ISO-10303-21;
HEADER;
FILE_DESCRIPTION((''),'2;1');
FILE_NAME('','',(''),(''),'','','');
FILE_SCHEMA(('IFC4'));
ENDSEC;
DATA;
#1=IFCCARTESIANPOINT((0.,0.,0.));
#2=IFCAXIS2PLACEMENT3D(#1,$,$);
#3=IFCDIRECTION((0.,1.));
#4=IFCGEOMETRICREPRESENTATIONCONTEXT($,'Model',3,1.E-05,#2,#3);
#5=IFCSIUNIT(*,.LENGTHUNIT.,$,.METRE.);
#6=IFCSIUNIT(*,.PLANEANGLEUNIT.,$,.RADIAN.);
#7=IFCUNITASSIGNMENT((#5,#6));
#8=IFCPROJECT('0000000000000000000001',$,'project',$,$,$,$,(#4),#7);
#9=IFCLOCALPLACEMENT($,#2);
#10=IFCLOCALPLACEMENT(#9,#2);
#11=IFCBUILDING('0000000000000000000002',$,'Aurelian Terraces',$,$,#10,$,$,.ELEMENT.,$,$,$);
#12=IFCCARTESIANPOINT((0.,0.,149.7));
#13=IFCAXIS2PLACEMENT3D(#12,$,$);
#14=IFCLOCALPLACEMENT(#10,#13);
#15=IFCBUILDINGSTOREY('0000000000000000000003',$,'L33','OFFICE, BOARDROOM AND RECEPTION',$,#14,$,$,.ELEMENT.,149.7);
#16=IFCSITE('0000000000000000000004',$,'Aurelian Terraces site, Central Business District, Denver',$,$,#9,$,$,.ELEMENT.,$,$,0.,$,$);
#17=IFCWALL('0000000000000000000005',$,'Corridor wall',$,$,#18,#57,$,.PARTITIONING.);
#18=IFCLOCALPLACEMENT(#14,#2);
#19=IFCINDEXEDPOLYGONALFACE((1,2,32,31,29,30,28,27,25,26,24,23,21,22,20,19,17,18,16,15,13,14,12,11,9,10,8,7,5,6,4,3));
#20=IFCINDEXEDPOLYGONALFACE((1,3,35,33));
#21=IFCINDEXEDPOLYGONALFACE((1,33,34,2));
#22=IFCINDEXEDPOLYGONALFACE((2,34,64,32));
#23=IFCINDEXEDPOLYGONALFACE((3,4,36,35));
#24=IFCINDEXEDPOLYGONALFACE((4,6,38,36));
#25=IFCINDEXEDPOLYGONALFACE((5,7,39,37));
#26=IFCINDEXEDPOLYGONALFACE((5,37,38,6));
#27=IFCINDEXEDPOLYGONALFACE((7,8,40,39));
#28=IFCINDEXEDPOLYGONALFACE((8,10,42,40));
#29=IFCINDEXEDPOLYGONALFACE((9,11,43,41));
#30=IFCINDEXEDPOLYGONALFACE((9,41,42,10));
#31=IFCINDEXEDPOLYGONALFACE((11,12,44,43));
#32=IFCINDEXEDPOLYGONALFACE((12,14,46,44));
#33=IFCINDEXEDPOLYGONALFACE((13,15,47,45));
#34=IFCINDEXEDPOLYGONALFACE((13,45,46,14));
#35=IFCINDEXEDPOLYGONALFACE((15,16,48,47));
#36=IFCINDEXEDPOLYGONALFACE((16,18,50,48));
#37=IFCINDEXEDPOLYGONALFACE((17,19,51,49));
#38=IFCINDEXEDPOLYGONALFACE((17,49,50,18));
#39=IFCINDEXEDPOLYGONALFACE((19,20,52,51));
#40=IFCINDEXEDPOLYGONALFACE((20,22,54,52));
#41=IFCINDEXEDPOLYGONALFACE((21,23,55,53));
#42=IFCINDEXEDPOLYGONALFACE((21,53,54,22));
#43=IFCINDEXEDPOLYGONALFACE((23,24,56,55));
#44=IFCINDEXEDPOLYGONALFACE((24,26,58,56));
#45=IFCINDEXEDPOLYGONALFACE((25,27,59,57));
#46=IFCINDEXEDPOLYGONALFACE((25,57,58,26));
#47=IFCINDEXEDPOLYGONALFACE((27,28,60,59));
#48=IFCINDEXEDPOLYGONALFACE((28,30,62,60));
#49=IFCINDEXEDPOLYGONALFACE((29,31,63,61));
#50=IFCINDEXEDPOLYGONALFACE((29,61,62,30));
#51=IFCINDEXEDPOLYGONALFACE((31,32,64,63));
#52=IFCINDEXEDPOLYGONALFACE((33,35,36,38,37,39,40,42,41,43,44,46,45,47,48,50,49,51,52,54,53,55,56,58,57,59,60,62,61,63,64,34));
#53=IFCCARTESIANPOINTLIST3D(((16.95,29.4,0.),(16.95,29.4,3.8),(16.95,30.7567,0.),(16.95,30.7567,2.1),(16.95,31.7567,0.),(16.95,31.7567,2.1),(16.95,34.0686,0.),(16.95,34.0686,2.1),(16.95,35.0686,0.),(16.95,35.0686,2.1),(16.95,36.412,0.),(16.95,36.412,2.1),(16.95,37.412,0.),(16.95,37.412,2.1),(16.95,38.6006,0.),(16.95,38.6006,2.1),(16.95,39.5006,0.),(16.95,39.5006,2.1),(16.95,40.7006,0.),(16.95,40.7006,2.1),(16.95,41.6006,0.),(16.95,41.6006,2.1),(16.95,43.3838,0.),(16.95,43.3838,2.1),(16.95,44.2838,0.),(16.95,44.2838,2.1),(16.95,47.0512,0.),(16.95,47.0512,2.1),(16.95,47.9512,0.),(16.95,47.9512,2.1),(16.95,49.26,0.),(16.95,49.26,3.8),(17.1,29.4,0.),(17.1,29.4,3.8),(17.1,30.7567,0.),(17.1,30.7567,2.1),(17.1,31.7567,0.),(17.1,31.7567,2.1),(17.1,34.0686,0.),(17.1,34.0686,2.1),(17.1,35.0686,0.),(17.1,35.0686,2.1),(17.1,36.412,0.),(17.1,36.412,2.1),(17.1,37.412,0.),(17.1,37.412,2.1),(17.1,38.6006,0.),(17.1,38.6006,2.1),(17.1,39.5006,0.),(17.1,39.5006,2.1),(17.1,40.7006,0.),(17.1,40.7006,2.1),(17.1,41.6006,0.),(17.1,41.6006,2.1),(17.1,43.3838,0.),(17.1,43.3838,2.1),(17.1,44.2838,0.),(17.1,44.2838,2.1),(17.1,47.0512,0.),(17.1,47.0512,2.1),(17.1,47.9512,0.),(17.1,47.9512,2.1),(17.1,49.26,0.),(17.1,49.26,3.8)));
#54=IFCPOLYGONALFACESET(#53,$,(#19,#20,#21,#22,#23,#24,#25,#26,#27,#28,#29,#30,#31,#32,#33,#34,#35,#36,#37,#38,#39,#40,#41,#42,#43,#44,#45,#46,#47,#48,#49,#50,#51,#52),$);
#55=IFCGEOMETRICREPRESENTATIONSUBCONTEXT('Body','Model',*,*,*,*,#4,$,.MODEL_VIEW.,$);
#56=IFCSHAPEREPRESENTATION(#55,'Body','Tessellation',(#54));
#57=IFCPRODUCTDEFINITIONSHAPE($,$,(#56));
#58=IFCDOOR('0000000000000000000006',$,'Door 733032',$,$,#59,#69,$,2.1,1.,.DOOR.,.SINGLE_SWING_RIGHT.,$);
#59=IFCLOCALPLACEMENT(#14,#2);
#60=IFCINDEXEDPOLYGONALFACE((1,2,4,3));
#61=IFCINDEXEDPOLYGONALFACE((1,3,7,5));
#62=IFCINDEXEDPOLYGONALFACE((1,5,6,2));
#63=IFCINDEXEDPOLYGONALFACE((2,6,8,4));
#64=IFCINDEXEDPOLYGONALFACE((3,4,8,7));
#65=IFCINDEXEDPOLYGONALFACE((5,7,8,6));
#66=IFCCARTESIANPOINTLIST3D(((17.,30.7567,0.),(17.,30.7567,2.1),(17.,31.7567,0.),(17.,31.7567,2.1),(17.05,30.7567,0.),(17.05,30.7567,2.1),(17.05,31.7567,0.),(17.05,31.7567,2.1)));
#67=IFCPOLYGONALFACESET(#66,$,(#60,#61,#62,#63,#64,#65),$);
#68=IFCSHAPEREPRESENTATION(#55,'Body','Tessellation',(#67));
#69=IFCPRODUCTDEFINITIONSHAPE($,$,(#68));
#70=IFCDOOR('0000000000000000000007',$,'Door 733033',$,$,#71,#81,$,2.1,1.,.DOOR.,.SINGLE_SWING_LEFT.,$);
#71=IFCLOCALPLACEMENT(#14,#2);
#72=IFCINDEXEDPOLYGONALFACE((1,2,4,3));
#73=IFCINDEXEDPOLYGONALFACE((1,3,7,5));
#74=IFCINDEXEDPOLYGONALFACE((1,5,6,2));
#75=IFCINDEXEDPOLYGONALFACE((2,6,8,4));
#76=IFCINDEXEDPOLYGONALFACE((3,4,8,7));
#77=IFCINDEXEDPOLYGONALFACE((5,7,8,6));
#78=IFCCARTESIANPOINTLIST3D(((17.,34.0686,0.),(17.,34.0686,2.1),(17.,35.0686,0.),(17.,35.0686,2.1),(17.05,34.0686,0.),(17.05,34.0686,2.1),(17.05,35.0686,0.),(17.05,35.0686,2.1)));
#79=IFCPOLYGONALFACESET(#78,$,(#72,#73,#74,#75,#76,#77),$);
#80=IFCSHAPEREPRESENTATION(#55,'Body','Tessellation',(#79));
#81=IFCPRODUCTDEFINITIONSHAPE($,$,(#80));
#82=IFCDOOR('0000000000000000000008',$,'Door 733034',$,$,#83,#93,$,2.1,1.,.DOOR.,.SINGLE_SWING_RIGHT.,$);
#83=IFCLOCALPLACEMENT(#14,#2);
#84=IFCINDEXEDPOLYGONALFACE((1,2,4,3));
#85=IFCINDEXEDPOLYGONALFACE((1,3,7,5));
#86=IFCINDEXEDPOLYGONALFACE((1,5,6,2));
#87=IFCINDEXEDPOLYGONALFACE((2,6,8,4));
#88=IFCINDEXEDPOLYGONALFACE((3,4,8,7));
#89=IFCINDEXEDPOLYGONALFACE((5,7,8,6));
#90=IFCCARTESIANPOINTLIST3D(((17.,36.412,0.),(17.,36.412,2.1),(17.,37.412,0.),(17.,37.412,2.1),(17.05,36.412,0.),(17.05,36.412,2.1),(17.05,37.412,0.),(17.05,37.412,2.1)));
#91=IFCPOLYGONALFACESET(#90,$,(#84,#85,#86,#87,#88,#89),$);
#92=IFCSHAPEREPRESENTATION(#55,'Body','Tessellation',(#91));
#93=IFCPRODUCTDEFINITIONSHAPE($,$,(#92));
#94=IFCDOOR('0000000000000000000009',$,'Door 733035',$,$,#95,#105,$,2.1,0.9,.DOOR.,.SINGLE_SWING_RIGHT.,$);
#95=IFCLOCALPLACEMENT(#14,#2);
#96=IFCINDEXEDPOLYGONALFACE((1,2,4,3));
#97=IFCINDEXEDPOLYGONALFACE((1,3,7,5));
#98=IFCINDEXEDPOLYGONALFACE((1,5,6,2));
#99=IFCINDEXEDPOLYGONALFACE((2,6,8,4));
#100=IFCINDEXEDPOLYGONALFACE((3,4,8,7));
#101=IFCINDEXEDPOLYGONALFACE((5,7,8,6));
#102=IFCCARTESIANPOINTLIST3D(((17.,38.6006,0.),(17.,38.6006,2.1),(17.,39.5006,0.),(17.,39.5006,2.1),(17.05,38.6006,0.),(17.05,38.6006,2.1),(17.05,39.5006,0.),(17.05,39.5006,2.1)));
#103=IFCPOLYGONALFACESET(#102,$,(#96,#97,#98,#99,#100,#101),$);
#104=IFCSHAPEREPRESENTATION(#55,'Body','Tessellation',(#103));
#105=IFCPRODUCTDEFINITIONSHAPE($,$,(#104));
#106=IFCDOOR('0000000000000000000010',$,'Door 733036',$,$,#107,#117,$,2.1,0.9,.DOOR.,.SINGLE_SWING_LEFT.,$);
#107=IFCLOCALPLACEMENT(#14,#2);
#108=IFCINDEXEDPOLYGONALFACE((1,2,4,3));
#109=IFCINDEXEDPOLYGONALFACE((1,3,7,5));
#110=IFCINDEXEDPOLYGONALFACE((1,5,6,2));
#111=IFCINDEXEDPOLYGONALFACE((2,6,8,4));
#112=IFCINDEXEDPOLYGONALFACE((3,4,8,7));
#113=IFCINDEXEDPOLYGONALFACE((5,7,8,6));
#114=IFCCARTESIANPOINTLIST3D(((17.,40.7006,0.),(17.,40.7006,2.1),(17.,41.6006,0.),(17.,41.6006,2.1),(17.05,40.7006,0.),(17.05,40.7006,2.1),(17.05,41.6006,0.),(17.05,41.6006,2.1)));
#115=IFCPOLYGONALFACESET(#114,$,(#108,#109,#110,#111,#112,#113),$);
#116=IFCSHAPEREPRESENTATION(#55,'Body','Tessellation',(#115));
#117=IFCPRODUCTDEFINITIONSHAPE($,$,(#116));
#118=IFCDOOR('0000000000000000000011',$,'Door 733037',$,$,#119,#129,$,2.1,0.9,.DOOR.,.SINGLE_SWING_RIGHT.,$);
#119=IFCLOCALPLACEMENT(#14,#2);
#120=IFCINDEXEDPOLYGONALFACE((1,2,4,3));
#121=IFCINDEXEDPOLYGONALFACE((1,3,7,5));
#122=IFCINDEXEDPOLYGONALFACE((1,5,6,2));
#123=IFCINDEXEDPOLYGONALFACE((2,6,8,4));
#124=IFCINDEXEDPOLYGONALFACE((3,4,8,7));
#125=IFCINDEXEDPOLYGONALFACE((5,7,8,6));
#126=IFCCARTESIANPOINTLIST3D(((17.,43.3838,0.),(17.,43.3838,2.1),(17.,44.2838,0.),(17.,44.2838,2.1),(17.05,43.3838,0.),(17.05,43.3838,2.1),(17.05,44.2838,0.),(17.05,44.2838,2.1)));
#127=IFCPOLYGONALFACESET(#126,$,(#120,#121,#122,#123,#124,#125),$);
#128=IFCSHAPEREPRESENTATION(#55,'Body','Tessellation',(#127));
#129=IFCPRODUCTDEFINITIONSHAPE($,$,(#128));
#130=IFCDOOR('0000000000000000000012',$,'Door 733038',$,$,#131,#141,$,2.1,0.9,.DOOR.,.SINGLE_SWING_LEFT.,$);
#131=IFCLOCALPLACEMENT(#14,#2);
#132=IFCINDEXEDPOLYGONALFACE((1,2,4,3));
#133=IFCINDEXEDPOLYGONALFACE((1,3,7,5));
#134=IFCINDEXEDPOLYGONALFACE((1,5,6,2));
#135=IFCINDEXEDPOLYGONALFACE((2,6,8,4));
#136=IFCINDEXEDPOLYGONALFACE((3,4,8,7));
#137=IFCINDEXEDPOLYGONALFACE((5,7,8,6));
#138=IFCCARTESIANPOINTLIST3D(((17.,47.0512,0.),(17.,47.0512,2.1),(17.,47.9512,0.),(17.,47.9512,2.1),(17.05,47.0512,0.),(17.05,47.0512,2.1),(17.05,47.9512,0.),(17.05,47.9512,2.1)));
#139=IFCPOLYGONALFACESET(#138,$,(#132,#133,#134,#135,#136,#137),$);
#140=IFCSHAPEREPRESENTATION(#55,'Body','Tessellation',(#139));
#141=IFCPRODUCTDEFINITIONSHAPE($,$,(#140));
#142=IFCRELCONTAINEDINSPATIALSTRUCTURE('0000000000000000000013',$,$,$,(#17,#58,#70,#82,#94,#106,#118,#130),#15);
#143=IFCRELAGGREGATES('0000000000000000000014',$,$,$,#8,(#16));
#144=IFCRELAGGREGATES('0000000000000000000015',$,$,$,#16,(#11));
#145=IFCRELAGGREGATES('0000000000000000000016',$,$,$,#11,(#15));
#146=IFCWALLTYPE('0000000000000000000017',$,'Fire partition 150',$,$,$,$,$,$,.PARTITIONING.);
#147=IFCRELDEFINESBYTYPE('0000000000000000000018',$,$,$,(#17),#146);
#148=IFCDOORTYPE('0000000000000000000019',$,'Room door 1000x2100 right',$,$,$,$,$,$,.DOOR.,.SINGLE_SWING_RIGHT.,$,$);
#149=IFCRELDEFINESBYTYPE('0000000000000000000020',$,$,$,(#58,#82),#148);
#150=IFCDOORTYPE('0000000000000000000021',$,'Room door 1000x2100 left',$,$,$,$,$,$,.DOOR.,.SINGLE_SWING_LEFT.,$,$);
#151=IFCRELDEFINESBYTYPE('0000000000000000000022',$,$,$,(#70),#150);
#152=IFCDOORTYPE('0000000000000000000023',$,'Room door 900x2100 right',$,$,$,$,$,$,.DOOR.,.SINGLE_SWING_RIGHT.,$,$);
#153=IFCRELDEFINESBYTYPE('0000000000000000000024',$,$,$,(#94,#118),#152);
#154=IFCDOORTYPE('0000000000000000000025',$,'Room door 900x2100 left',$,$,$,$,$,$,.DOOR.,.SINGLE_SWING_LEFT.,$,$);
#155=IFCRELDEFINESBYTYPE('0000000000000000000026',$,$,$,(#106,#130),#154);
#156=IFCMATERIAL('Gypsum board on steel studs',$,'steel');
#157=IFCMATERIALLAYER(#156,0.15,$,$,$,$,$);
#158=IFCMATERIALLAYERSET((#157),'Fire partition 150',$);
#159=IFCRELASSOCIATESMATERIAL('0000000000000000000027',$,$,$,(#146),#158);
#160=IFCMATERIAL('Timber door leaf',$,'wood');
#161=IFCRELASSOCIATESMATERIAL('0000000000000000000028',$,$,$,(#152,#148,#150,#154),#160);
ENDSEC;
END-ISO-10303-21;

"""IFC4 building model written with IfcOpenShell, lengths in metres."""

from ifc_helpers import new_model, si_unit, direction, frame, frame_2d, origin, place, context, subcontext, project, spatial, rectangle, extrude, source, transform, mapped, material, layer, layer_set, type_object, element, fill, save


model = new_model("IFC4")

# Units and contexts
model_context = context("Model", 3, precision=1e-05, world=origin(), true_north=direction((0.0, 1.0)))
body_context = subcontext(model_context, "Body", "Model", "MODEL_VIEW")
ifc_project = project(units=[si_unit("LENGTHUNIT", "METRE"), si_unit("PLANEANGLEUNIT", "RADIAN")], contexts=[model_context])

# Site, building, storey
site_placement = place(None, origin())
site = spatial("IfcSite", under=ifc_project, at=site_placement, Name="Aurelian Terraces site, Central Business District, Denver", CompositionType="ELEMENT", RefElevation=0.0)
building_placement = place(site_placement, origin())
building = spatial("IfcBuilding", under=site, at=building_placement, Name="Aurelian Terraces", CompositionType="ELEMENT")
storey_placement = place(building_placement, frame((0.0, 0.0, 149.7)))
storey = spatial("IfcBuildingStorey", under=building, at=storey_placement, Name="L33", Description="OFFICE, BOARDROOM AND RECEPTION", CompositionType="ELEMENT", Elevation=149.7)

# Shared definitions
ifc_material_1 = material(Name="Gypsum board on steel studs", Category="steel")
ifc_layer_1 = layer(ifc_material_1, 0.15)
ifc_layer_set_1 = layer_set([ifc_layer_1], Name="Fire partition 150")
wall_type_1 = type_object("IfcWallType", Name="Fire partition 150", PredefinedType="PARTITIONING", material=ifc_layer_set_1)
shared_shape_1 = source(origin(), body_context, "Body", "SweptSolid", [
    extrude(rectangle(XDim=0.9, YDim=2.1, at=frame_2d((0.45, 1.05))), frame((0.0, 0.085, 0.0), z_axis=(0.0, -1.0, 0.0), x_axis=(1.0, 0.0, 0.0)), (0.0, 0.0, 1.0), 0.17),
])
ifc_material_2 = material(Name="Timber door leaf", Category="wood")
door_type_1 = type_object("IfcDoorType", Name="Room door 900x2100 right", OperationType="SINGLE_SWING_RIGHT", PredefinedType="DOOR", material=ifc_material_2)
shared_shape_2 = source(origin(), body_context, "Body", "SweptSolid", [
    extrude(rectangle(XDim=0.9, YDim=2.1, at=frame_2d((0.45, 1.05))), frame((0.0, 0.025, 0.0), z_axis=(0.0, -1.0, 0.0), x_axis=(1.0, 0.0, 0.0)), (0.0, 0.0, 1.0), 0.05),
])

# Wall, openings, doors
shared_shape_3 = source(origin(), body_context, "Body", "SweptSolid", [
    extrude(rectangle(XDim=19.86, YDim=0.15, at=frame_2d((9.93, 0.0))), origin(), (0.0, 0.0, 1.0), 3.8),
])
wall_1_placement = place(storey_placement, frame((17.025, 49.26, 0.0), z_axis=(0.0, 0.0, 1.0), x_axis=(0.0, -1.0, 0.0)))
wall_1 = element("IfcWall", 1, at=wall_1_placement, inside=storey, type_object=wall_type_1, Name="Corridor wall", PredefinedType="PARTITIONING", context=body_context, shape_type="MappedRepresentation", body=[
    mapped(shared_shape_3, transform((0.0, 0.0, 0.0), scale=1.0)),
])
shared_shape_4 = source(origin(), body_context, "Body", "SweptSolid", [
    extrude(rectangle(XDim=1.0, YDim=2.1, at=frame_2d((0.5, 1.05))), frame((0.0, 0.085, 0.0), z_axis=(0.0, -1.0, 0.0), x_axis=(1.0, 0.0, 0.0)), (0.0, 0.0, 1.0), 0.17),
])
opening_1_placement = place(wall_1_placement, frame((17.5033, 0.0, 0.0)))
opening_1 = element("IfcOpeningElement", 2, at=opening_1_placement, cuts=wall_1, PredefinedType="OPENING", context=body_context, shape_type="MappedRepresentation", body=[
    mapped(shared_shape_4, transform((0.0, 0.0, 0.0), scale=1.0)),
])
opening_2_placement = place(wall_1_placement, frame((14.1914, 0.0, 0.0)))
opening_2 = element("IfcOpeningElement", 3, at=opening_2_placement, cuts=wall_1, PredefinedType="OPENING", context=body_context, shape_type="MappedRepresentation", body=[
    mapped(shared_shape_4, transform((0.0, 0.0, 0.0), scale=1.0)),
])
opening_3_placement = place(wall_1_placement, frame((11.848, 0.0, 0.0)))
opening_3 = element("IfcOpeningElement", 4, at=opening_3_placement, cuts=wall_1, PredefinedType="OPENING", context=body_context, shape_type="MappedRepresentation", body=[
    mapped(shared_shape_4, transform((0.0, 0.0, 0.0), scale=1.0)),
])
opening_4_placement = place(wall_1_placement, frame((9.7594, 0.0, 0.0)))
opening_4 = element("IfcOpeningElement", 5, at=opening_4_placement, cuts=wall_1, PredefinedType="OPENING", context=body_context, shape_type="MappedRepresentation", body=[
    mapped(shared_shape_1, transform((0.0, 0.0, 0.0), scale=1.0)),
])
opening_5_placement = place(wall_1_placement, frame((7.6594, 0.0, 0.0)))
opening_5 = element("IfcOpeningElement", 6, at=opening_5_placement, cuts=wall_1, PredefinedType="OPENING", context=body_context, shape_type="MappedRepresentation", body=[
    mapped(shared_shape_1, transform((0.0, 0.0, 0.0), scale=1.0)),
])
opening_6_placement = place(wall_1_placement, frame((4.9762, 0.0, 0.0)))
opening_6 = element("IfcOpeningElement", 7, at=opening_6_placement, cuts=wall_1, PredefinedType="OPENING", context=body_context, shape_type="MappedRepresentation", body=[
    mapped(shared_shape_1, transform((0.0, 0.0, 0.0), scale=1.0)),
])
opening_7_placement = place(wall_1_placement, frame((1.3088, 0.0, 0.0)))
opening_7 = element("IfcOpeningElement", 8, at=opening_7_placement, cuts=wall_1, PredefinedType="OPENING", context=body_context, shape_type="MappedRepresentation", body=[
    mapped(shared_shape_1, transform((0.0, 0.0, 0.0), scale=1.0)),
])
door_type_2 = type_object("IfcDoorType", Name="Room door 1000x2100 right", OperationType="SINGLE_SWING_RIGHT", PredefinedType="DOOR", material=ifc_material_2)
shared_shape_5 = source(origin(), body_context, "Body", "SweptSolid", [
    extrude(rectangle(XDim=1.0, YDim=2.1, at=frame_2d((0.5, 1.05))), frame((0.0, 0.025, 0.0), z_axis=(0.0, -1.0, 0.0), x_axis=(1.0, 0.0, 0.0)), (0.0, 0.0, 1.0), 0.05),
])
door_1_placement = place(opening_1_placement, origin())
door_1 = element("IfcDoor", 9, at=door_1_placement, inside=storey, type_object=door_type_2, Name="Door 733032", OperationType="SINGLE_SWING_RIGHT", OverallHeight=2.1, OverallWidth=1.0, PredefinedType="DOOR", context=body_context, shape_type="MappedRepresentation", body=[
    mapped(shared_shape_5, transform((0.0, 0.0, 0.0), scale=1.0)),
])
fill(opening_1, door_1)
door_type_3 = type_object("IfcDoorType", Name="Room door 1000x2100 left", OperationType="SINGLE_SWING_LEFT", PredefinedType="DOOR", material=ifc_material_2)
door_2_placement = place(opening_2_placement, origin())
door_2 = element("IfcDoor", 10, at=door_2_placement, inside=storey, type_object=door_type_3, Name="Door 733033", OperationType="SINGLE_SWING_LEFT", OverallHeight=2.1, OverallWidth=1.0, PredefinedType="DOOR", context=body_context, shape_type="MappedRepresentation", body=[
    mapped(shared_shape_5, transform((0.0, 0.0, 0.0), scale=1.0)),
])
fill(opening_2, door_2)
door_3_placement = place(opening_3_placement, origin())
door_3 = element("IfcDoor", 11, at=door_3_placement, inside=storey, type_object=door_type_2, Name="Door 733034", OperationType="SINGLE_SWING_RIGHT", OverallHeight=2.1, OverallWidth=1.0, PredefinedType="DOOR", context=body_context, shape_type="MappedRepresentation", body=[
    mapped(shared_shape_5, transform((0.0, 0.0, 0.0), scale=1.0)),
])
fill(opening_3, door_3)
door_4_placement = place(opening_4_placement, origin())
door_4 = element("IfcDoor", 12, at=door_4_placement, inside=storey, type_object=door_type_1, Name="Door 733035", OperationType="SINGLE_SWING_RIGHT", OverallHeight=2.1, OverallWidth=0.9, PredefinedType="DOOR", context=body_context, shape_type="MappedRepresentation", body=[
    mapped(shared_shape_2, transform((0.0, 0.0, 0.0), scale=1.0)),
])
fill(opening_4, door_4)
door_type_4 = type_object("IfcDoorType", Name="Room door 900x2100 left", OperationType="SINGLE_SWING_LEFT", PredefinedType="DOOR", material=ifc_material_2)
door_5_placement = place(opening_5_placement, origin())
door_5 = element("IfcDoor", 13, at=door_5_placement, inside=storey, type_object=door_type_4, Name="Door 733036", OperationType="SINGLE_SWING_LEFT", OverallHeight=2.1, OverallWidth=0.9, PredefinedType="DOOR", context=body_context, shape_type="MappedRepresentation", body=[
    mapped(shared_shape_2, transform((0.0, 0.0, 0.0), scale=1.0)),
])
fill(opening_5, door_5)
door_6_placement = place(opening_6_placement, origin())
door_6 = element("IfcDoor", 14, at=door_6_placement, inside=storey, type_object=door_type_1, Name="Door 733037", OperationType="SINGLE_SWING_RIGHT", OverallHeight=2.1, OverallWidth=0.9, PredefinedType="DOOR", context=body_context, shape_type="MappedRepresentation", body=[
    mapped(shared_shape_2, transform((0.0, 0.0, 0.0), scale=1.0)),
])
fill(opening_6, door_6)
door_7_placement = place(opening_7_placement, origin())
door_7 = element("IfcDoor", 15, at=door_7_placement, inside=storey, type_object=door_type_4, Name="Door 733038", OperationType="SINGLE_SWING_LEFT", OverallHeight=2.1, OverallWidth=0.9, PredefinedType="DOOR", context=body_context, shape_type="MappedRepresentation", body=[
    mapped(shared_shape_2, transform((0.0, 0.0, 0.0), scale=1.0)),
])
fill(opening_7, door_7)

save(model, "model.ifc")
